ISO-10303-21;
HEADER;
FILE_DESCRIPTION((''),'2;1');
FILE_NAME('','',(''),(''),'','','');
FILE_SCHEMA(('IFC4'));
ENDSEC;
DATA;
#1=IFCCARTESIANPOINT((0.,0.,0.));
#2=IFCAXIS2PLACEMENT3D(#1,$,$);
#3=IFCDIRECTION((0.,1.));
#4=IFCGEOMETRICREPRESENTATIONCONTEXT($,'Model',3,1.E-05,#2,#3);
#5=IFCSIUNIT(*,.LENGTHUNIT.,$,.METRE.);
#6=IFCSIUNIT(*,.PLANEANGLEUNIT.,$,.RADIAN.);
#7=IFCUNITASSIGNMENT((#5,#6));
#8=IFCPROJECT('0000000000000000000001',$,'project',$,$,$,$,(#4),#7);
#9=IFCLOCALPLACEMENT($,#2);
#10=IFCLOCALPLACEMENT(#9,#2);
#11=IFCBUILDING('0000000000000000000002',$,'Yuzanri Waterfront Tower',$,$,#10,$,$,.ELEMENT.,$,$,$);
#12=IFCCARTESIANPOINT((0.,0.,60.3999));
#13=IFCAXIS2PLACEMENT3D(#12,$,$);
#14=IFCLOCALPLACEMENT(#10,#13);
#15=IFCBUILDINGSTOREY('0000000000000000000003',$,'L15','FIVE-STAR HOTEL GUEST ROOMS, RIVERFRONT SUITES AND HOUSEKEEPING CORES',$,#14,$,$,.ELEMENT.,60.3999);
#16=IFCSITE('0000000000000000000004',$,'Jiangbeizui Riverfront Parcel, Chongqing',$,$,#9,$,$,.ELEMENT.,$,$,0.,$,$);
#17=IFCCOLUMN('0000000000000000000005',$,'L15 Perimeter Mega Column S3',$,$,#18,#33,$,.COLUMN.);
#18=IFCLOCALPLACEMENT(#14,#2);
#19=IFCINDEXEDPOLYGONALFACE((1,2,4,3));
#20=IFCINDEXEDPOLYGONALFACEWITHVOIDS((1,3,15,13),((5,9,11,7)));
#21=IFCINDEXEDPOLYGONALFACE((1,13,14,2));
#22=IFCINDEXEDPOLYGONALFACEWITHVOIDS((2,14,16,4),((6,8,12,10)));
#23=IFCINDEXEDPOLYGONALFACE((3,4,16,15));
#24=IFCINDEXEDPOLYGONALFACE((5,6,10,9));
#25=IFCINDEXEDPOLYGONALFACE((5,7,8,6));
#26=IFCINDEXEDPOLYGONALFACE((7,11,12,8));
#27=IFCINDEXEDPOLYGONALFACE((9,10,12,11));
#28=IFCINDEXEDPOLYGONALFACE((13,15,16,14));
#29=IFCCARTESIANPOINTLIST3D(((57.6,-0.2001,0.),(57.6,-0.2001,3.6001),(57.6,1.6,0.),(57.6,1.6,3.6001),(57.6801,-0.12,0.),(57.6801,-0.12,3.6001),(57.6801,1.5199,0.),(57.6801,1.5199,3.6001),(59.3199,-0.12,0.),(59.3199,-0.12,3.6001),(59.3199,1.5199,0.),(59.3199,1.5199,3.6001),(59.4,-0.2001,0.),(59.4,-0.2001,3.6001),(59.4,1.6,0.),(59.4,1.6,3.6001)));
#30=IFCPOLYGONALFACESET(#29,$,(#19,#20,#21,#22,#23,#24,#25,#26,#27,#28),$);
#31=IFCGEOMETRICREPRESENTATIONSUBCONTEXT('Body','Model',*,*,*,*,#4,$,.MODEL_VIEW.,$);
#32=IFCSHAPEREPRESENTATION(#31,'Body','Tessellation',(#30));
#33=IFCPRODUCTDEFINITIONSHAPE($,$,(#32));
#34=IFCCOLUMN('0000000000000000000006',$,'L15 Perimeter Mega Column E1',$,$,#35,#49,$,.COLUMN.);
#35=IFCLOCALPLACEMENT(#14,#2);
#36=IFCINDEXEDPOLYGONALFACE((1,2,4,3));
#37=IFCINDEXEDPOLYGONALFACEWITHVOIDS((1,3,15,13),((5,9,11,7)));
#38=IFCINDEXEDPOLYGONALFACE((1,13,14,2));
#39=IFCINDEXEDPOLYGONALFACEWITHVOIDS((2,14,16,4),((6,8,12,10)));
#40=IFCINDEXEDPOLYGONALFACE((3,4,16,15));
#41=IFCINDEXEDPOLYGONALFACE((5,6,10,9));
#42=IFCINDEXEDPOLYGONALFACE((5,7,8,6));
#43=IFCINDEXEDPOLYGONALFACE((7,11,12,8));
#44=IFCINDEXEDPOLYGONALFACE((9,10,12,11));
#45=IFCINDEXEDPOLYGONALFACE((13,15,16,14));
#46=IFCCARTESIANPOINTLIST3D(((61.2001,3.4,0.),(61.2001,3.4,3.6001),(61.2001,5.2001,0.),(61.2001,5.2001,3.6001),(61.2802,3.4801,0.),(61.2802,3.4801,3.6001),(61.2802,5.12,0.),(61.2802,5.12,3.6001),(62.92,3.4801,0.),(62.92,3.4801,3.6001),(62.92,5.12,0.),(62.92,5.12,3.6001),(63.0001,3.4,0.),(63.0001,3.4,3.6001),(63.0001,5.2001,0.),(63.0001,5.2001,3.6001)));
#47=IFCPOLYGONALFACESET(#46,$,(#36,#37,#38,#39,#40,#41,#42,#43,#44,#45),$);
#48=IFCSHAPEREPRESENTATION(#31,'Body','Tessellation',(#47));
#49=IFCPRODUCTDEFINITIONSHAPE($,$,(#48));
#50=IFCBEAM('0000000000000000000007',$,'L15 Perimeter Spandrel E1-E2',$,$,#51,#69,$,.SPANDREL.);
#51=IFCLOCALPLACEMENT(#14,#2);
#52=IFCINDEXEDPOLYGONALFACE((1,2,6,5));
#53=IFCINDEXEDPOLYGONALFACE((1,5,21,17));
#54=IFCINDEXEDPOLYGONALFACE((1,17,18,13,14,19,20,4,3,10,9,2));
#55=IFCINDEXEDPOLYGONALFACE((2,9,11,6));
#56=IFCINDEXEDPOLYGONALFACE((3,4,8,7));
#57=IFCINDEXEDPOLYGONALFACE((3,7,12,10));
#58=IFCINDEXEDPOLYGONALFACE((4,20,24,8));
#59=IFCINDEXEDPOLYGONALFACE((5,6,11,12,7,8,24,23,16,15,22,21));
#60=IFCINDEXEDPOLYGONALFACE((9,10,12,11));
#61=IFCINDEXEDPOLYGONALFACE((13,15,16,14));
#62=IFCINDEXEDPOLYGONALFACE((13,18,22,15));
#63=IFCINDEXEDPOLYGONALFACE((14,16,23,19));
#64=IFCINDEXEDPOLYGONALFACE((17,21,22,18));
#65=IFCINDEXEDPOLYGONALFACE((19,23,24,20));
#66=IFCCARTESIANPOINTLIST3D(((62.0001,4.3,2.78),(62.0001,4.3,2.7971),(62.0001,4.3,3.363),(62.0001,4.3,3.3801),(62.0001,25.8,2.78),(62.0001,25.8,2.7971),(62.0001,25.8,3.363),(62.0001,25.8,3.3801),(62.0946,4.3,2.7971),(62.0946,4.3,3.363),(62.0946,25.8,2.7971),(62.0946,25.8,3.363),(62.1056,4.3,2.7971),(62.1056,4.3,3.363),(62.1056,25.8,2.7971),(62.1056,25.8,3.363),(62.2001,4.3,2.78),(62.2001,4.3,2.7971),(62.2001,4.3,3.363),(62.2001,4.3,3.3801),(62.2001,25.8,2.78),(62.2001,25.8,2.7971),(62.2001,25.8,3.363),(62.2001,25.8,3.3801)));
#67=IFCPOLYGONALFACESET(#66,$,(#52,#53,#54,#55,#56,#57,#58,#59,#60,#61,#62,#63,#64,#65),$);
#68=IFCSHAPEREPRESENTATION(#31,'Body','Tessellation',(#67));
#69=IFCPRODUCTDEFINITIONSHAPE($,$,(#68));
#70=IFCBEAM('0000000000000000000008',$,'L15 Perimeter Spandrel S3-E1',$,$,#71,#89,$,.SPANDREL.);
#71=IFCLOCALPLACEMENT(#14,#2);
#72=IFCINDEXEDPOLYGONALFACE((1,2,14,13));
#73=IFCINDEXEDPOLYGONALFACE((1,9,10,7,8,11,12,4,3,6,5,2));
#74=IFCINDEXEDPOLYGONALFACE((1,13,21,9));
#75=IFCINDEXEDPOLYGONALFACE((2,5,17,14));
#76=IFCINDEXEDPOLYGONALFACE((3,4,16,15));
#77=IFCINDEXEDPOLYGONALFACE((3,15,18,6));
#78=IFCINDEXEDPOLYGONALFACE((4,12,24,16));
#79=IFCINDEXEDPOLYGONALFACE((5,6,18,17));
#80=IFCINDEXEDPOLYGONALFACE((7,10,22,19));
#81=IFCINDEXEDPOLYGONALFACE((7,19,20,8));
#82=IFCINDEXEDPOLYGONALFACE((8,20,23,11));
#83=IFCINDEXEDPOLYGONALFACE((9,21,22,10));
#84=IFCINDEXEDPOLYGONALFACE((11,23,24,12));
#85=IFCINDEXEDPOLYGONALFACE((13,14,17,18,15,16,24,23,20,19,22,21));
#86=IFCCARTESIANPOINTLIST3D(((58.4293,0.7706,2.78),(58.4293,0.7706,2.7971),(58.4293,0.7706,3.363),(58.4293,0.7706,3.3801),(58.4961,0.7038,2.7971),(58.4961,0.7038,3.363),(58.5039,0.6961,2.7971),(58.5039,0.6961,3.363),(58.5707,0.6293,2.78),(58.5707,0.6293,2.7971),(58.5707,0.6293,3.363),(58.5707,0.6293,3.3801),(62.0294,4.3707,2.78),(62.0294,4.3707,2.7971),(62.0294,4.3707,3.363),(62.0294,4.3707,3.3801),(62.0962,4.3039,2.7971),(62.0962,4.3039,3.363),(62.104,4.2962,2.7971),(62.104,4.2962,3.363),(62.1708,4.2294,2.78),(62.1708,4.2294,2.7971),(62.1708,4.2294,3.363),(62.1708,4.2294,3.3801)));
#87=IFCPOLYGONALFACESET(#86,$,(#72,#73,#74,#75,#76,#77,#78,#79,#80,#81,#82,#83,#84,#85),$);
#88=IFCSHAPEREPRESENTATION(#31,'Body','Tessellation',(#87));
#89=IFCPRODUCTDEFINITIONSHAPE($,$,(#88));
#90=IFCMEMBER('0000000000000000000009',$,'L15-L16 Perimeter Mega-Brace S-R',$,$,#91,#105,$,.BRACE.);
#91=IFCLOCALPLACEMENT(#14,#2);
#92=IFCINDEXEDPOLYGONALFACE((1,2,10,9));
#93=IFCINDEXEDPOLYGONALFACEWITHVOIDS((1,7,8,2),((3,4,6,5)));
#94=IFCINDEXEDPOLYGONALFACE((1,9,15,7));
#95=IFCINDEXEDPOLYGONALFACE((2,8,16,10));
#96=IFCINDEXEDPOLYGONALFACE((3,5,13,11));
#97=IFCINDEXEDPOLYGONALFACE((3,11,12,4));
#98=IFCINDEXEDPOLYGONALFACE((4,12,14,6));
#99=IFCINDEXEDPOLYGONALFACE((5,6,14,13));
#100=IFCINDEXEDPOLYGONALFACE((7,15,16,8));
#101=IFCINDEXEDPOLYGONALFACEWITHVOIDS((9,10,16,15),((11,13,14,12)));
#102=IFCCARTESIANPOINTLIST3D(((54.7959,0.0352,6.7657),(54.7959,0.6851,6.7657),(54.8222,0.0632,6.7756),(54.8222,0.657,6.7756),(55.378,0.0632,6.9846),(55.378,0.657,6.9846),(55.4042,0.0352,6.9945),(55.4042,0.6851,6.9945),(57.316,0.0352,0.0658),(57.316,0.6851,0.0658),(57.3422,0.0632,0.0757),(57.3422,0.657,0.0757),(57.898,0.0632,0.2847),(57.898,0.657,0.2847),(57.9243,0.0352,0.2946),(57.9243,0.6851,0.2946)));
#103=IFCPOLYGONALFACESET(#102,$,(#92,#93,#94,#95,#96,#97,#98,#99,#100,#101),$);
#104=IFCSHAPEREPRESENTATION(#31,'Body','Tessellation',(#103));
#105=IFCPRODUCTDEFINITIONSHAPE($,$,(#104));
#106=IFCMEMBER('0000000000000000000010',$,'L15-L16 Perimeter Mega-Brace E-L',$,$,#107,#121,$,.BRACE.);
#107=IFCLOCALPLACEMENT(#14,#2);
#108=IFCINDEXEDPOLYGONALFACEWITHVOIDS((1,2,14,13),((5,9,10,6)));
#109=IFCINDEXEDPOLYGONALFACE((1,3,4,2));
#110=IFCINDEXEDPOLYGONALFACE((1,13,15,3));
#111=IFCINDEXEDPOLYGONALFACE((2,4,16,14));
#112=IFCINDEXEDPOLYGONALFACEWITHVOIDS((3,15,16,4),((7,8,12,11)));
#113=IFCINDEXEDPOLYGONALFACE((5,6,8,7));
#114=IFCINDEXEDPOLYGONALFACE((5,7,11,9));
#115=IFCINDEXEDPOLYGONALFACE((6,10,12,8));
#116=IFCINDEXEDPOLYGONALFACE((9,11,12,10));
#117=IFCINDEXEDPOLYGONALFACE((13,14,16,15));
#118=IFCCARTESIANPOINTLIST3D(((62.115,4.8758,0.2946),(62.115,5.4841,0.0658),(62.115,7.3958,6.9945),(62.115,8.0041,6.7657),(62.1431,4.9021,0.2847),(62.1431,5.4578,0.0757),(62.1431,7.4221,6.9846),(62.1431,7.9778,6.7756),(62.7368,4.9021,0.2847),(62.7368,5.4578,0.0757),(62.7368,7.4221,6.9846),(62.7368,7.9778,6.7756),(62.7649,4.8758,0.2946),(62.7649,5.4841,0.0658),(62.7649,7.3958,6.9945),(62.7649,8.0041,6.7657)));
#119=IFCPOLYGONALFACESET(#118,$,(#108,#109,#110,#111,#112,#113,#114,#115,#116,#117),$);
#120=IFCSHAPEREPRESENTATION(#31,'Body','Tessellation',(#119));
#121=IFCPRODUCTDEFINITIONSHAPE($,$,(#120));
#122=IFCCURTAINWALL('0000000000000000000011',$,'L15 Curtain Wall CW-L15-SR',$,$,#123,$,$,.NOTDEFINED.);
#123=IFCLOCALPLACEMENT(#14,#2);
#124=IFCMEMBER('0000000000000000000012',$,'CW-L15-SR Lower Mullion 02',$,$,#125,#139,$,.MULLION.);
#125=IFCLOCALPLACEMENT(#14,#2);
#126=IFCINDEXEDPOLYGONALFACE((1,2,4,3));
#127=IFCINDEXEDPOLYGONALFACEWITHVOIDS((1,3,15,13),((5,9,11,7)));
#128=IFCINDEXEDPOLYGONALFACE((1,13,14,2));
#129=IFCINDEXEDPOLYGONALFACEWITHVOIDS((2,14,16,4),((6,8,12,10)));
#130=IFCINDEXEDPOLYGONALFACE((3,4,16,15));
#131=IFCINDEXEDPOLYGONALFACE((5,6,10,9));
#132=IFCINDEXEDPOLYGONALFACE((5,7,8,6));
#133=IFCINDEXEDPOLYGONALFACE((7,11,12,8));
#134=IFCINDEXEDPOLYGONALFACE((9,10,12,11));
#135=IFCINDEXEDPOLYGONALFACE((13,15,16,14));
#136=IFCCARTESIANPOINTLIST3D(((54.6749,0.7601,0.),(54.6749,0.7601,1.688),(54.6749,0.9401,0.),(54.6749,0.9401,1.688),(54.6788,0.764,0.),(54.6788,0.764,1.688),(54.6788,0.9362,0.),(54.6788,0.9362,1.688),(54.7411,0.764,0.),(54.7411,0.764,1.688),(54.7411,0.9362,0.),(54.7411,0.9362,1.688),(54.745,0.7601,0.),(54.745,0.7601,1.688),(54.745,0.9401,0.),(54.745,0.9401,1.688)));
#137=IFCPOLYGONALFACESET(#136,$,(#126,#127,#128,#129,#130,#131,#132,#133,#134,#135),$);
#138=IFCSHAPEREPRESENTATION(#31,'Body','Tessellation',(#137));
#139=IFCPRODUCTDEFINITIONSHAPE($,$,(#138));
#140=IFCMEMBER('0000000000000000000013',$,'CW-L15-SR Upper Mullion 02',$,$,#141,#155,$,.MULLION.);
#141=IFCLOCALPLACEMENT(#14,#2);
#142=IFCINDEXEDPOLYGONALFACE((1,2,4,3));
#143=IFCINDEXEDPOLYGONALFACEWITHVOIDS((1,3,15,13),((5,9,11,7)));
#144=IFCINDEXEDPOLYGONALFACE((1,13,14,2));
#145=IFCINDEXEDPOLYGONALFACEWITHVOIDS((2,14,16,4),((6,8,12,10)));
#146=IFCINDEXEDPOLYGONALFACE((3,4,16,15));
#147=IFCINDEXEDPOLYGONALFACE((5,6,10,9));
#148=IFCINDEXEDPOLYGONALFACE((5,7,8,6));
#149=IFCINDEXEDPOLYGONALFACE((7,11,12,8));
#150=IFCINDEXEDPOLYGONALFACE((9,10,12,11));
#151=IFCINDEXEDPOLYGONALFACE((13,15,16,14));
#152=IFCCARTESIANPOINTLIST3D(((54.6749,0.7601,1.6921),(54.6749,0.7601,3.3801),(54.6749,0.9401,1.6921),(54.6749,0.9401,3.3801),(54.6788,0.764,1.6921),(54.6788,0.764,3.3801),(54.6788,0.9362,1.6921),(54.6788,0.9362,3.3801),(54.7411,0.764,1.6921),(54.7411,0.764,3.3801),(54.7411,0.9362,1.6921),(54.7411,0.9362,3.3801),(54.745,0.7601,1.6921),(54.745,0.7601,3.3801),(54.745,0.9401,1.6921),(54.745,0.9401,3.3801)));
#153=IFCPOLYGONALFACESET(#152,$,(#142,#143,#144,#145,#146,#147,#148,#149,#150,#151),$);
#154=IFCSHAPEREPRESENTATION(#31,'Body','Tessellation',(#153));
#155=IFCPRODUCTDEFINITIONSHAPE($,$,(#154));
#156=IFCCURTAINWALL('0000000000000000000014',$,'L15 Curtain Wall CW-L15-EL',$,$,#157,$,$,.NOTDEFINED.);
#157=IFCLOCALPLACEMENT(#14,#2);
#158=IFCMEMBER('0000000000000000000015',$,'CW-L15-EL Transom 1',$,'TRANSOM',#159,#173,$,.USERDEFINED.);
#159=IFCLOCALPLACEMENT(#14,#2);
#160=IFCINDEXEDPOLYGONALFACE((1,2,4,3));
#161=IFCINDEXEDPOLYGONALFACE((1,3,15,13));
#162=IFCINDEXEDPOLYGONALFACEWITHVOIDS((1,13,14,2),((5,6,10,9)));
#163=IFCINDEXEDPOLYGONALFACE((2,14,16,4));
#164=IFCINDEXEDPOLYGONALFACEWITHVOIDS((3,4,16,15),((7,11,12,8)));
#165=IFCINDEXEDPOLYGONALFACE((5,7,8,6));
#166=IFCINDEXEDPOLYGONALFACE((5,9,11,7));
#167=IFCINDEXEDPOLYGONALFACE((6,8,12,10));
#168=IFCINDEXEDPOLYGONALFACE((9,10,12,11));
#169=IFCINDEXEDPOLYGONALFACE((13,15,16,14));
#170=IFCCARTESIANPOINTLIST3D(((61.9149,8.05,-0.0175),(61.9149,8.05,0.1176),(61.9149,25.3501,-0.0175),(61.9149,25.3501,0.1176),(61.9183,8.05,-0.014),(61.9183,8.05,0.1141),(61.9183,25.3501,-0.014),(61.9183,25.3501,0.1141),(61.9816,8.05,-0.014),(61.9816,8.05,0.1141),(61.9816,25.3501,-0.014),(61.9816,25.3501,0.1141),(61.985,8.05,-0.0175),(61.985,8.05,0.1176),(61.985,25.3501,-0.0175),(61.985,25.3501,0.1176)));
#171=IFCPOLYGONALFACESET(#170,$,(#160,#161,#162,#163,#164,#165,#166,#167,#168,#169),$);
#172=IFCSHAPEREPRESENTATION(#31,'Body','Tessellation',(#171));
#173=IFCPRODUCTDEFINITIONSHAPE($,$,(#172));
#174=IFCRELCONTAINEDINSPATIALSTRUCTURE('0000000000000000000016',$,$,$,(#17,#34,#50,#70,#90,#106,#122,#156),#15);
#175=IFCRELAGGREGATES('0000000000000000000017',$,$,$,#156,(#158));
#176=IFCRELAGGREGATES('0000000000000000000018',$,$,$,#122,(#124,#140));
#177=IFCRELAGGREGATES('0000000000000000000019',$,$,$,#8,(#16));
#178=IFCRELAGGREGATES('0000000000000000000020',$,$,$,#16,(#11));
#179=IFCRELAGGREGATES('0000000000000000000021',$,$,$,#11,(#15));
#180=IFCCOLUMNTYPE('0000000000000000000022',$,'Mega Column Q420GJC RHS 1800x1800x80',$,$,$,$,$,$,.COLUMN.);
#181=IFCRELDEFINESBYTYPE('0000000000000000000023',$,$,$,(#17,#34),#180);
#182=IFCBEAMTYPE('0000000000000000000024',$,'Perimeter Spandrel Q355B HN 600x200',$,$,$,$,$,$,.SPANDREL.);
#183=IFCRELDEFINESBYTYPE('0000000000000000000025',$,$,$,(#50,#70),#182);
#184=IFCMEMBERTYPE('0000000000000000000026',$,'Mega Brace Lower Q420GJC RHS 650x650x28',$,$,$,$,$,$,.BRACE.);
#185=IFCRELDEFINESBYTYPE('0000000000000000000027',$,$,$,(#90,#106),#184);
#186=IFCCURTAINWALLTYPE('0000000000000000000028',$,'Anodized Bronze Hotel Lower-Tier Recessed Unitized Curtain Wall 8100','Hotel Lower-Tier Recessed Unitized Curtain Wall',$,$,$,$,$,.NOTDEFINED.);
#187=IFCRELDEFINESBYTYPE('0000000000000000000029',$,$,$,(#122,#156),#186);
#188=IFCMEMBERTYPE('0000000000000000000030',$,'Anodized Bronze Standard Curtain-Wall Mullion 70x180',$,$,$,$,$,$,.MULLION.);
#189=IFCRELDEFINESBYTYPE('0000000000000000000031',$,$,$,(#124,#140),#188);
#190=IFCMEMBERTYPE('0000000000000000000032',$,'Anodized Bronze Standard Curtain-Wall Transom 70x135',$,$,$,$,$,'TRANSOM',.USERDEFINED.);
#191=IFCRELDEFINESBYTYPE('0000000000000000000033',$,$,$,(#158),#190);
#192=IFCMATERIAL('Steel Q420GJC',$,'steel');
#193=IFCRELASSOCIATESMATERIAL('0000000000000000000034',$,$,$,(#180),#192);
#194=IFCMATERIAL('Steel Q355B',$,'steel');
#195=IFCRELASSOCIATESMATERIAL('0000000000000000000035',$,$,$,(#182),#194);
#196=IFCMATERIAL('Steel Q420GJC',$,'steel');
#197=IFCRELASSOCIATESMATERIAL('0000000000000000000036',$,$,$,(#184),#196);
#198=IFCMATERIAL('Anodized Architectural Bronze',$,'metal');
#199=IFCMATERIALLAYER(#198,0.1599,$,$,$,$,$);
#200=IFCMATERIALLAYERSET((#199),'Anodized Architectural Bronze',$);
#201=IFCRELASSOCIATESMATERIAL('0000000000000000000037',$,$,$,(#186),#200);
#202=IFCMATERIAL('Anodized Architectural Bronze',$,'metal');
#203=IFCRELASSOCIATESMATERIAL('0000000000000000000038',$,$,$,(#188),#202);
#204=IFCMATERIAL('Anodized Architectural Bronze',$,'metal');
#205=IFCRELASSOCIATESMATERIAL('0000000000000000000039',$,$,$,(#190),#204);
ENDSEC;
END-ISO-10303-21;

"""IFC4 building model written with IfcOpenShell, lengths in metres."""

from ifc_helpers import new_model, si_unit, direction, frame, origin, origin_2d, place, context, subcontext, project, spatial, hollow_rectangle, i_section, extrude, source, transform, mapped, material, layer, layer_set, material_profile, profile_set, type_object, element, aggregate, save


model = new_model("IFC4")

# Units and contexts
model_context = context("Model", 3, precision=1e-05, world=origin(), true_north=direction((0.0, 1.0)))
body_context = subcontext(model_context, "Body", "Model", "MODEL_VIEW")
ifc_project = project(units=[si_unit("LENGTHUNIT", "METRE"), si_unit("PLANEANGLEUNIT", "RADIAN")], contexts=[model_context])

# Site, building, storey
site_placement = place(None, origin())
site = spatial("IfcSite", under=ifc_project, at=site_placement, Name="Jiangbeizui Riverfront Parcel, Chongqing", CompositionType="ELEMENT", RefElevation=0.0)
building_placement = place(site_placement, origin())
building = spatial("IfcBuilding", under=site, at=building_placement, Name="Yuzanri Waterfront Tower", CompositionType="ELEMENT")
storey_placement = place(building_placement, frame((0.0, 0.0, 60.3999)))
storey = spatial("IfcBuildingStorey", under=building, at=storey_placement, Name="L15", Description="FIVE-STAR HOTEL GUEST ROOMS, RIVERFRONT SUITES AND HOUSEKEEPING CORES", CompositionType="ELEMENT", Elevation=60.3999)

# Columns
ifc_material_1 = material(Name="Steel Q420GJC", Category="steel")
ifc_material_profile_1 = material_profile(ifc_material_1, hollow_rectangle(XDim=1.8, YDim=1.8, WallThickness=0.0801, at=origin_2d()), Name="RHS 1800x1800x80")
ifc_profile_set_1 = profile_set([ifc_material_profile_1], Name="Steel Q420GJC")
column_type = type_object("IfcColumnType", Name="Mega Column Q420GJC RHS 1800x1800x80", PredefinedType="COLUMN", material=ifc_profile_set_1)
shared_shape_1 = source(origin(), body_context, "Body", "SweptSolid", [
    extrude(hollow_rectangle(XDim=1.8, YDim=1.8, WallThickness=0.0801, at=origin_2d()), origin(), (0.0, 0.0, 1.0), 3.6001),
])
for number, where, z_axis, x_axis, name in (
    (1, (58.5, 0.7, 0.0), (0.0, 0.0, 1.0), (1.0, 0.0, 0.0), "L15 Perimeter Mega Column S3"),
    (2, (62.1001, 4.3, 0.0), (0.0, 0.0, 1.0), (1.0, 0.0, 0.0), "L15 Perimeter Mega Column E1"),
):
    element("IfcColumn", number, at=place(storey_placement, frame(where, z_axis=z_axis, x_axis=x_axis)), inside=storey, type_object=column_type, Name=name, PredefinedType="COLUMN", context=body_context, shape_type="MappedRepresentation", body=[
        mapped(shared_shape_1, transform((0.0, 0.0, 0.0), scale=1.0)),
    ])

# Beams
ifc_material_2 = material(Name="Steel Q355B", Category="steel")
ifc_material_profile_2 = material_profile(ifc_material_2, i_section(OverallWidth=0.2, OverallDepth=0.6001, WebThickness=0.011, FlangeThickness=0.0171, at=origin_2d()), Name="HN 600x200x11x17")
ifc_profile_set_2 = profile_set([ifc_material_profile_2], Name="Steel Q355B")
beam_type = type_object("IfcBeamType", Name="Perimeter Spandrel Q355B HN 600x200", PredefinedType="SPANDREL", material=ifc_profile_set_2)
shared_shape_2 = source(origin(), body_context, "Body", "SweptSolid", [
    extrude(i_section(OverallWidth=0.2, OverallDepth=0.6001, WebThickness=0.011, FlangeThickness=0.0171, at=origin_2d()), origin(), (0.0, 0.0, 1.0), 21.5),
])
beam_1_placement = place(storey_placement, frame((62.1001, 4.3, 3.0801), z_axis=(0.0, 1.0, 0.0), x_axis=(-1.0, 0.0, 0.0)))
element("IfcBeam", 3, at=beam_1_placement, inside=storey, type_object=beam_type, Name="L15 Perimeter Spandrel E1-E2", PredefinedType="SPANDREL", context=body_context, shape_type="MappedRepresentation", body=[
    mapped(shared_shape_2, transform((0.0, 0.0, 0.0), scale=1.0)),
])
shared_shape_3 = source(origin(), body_context, "Body", "SweptSolid", [
    extrude(i_section(OverallWidth=0.2, OverallDepth=0.6001, WebThickness=0.011, FlangeThickness=0.0171, at=origin_2d()), origin(), (0.0, 0.0, 1.0), 5.0913),
])
beam_2_placement = place(storey_placement, frame((58.5, 0.7, 3.0801), z_axis=(0.707107, 0.707107, 0.0), x_axis=(-0.707107, 0.707107, 0.0)))
element("IfcBeam", 4, at=beam_2_placement, inside=storey, type_object=beam_type, Name="L15 Perimeter Spandrel S3-E1", PredefinedType="SPANDREL", context=body_context, shape_type="MappedRepresentation", body=[
    mapped(shared_shape_3, transform((0.0, 0.0, 0.0), scale=1.0)),
])

# Members
ifc_material_3 = material(Name="Steel Q420GJC", Category="steel")
ifc_material_profile_3 = material_profile(ifc_material_3, hollow_rectangle(XDim=0.6499, YDim=0.6499, WallThickness=0.0281, at=origin_2d()), Name="RHS 650x650x28")
ifc_profile_set_3 = profile_set([ifc_material_profile_3], Name="Steel Q420GJC")
member_type_1 = type_object("IfcMemberType", Name="Mega Brace Lower Q420GJC RHS 650x650x28", PredefinedType="BRACE", material=ifc_profile_set_3)
shared_shape_4 = source(origin(), body_context, "Body", "SweptSolid", [
    extrude(hollow_rectangle(XDim=0.6499, YDim=0.6499, WallThickness=0.0281, at=origin_2d()), origin(), (0.0, 0.0, 1.0), 7.1582),
])
for number, where, z_axis, x_axis, name in (
    (5, (57.6201, 0.3601, 0.1802), (-0.352046, 0.0, 0.935983), (0.0, -1.0, 0.0), "L15-L16 Perimeter Mega-Brace S-R"),
    (6, (62.4399, 5.1799, 0.1802), (0.0, 0.352046, 0.935983), (-1.0, 0.0, 0.0), "L15-L16 Perimeter Mega-Brace E-L"),
):
    element("IfcMember", number, at=place(storey_placement, frame(where, z_axis=z_axis, x_axis=x_axis)), inside=storey, type_object=member_type_1, Name=name, PredefinedType="BRACE", context=body_context, shape_type="MappedRepresentation", body=[
        mapped(shared_shape_4, transform((0.0, 0.0, 0.0), scale=1.0)),
    ])

# Curtain walls, members
ifc_material_4 = material(Name="Anodized Architectural Bronze", Category="metal")
ifc_layer_1 = layer(ifc_material_4, 0.1599)
ifc_layer_set_1 = layer_set([ifc_layer_1], Name="Anodized Architectural Bronze")
curtain_wall_type = type_object("IfcCurtainWallType", Name="Anodized Bronze Hotel Lower-Tier Recessed Unitized Curtain Wall 8100", Description="Hotel Lower-Tier Recessed Unitized Curtain Wall", PredefinedType="NOTDEFINED", material=ifc_layer_set_1)
curtain_wall_1_placement = place(storey_placement, origin())
curtain_wall_1 = element("IfcCurtainWall", 7, at=curtain_wall_1_placement, inside=storey, type_object=curtain_wall_type, Name="L15 Curtain Wall CW-L15-SR", PredefinedType="NOTDEFINED")
ifc_material_5 = material(Name="Anodized Architectural Bronze", Category="metal")
ifc_material_profile_4 = material_profile(ifc_material_5, hollow_rectangle(XDim=0.0701, YDim=0.1799, WallThickness=0.0039, at=origin_2d()), Name="CWM 70x180")
ifc_profile_set_4 = profile_set([ifc_material_profile_4], Name="Anodized Architectural Bronze")
member_type_2 = type_object("IfcMemberType", Name="Anodized Bronze Standard Curtain-Wall Mullion 70x180", PredefinedType="MULLION", material=ifc_profile_set_4)
shared_shape_5 = source(origin(), body_context, "Body", "SweptSolid", [
    extrude(hollow_rectangle(XDim=0.0701, YDim=0.1799, WallThickness=0.0039, at=origin_2d()), origin(), (0.0, 0.0, 1.0), 1.688),
])
member_1_placement = place(storey_placement, frame((54.71, 0.8501, 0.0), z_axis=(0.0, 0.0, 1.0), x_axis=(1.0, 0.0, 0.0)))
member_1 = element("IfcMember", 8, at=member_1_placement, type_object=member_type_2, Name="CW-L15-SR Lower Mullion 02", PredefinedType="MULLION", context=body_context, shape_type="MappedRepresentation", body=[
    mapped(shared_shape_5, transform((0.0, 0.0, 0.0), scale=1.0)),
])
member_2_placement = place(storey_placement, frame((54.71, 0.8501, 1.6921), z_axis=(0.0, 0.0, 1.0), x_axis=(1.0, 0.0, 0.0)))
member_2 = element("IfcMember", 9, at=member_2_placement, type_object=member_type_2, Name="CW-L15-SR Upper Mullion 02", PredefinedType="MULLION", context=body_context, shape_type="MappedRepresentation", body=[
    mapped(shared_shape_5, transform((0.0, 0.0, 0.0), scale=1.0)),
])
curtain_wall_2_placement = place(storey_placement, origin())
curtain_wall_2 = element("IfcCurtainWall", 10, at=curtain_wall_2_placement, inside=storey, type_object=curtain_wall_type, Name="L15 Curtain Wall CW-L15-EL", PredefinedType="NOTDEFINED")
ifc_material_6 = material(Name="Anodized Architectural Bronze", Category="metal")
ifc_material_profile_5 = material_profile(ifc_material_6, hollow_rectangle(XDim=0.0701, YDim=0.135, WallThickness=0.0034, at=origin_2d()), Name="CWT 70x135")
ifc_profile_set_5 = profile_set([ifc_material_profile_5], Name="Anodized Architectural Bronze")
member_type_3 = type_object("IfcMemberType", Name="Anodized Bronze Standard Curtain-Wall Transom 70x135", ElementType="TRANSOM", PredefinedType="USERDEFINED", material=ifc_profile_set_5)
shared_shape_6 = source(origin(), body_context, "Body", "SweptSolid", [
    extrude(hollow_rectangle(XDim=0.0701, YDim=0.135, WallThickness=0.0034, at=origin_2d()), origin(), (0.0, 0.0, 1.0), 17.3),
])
member_3_placement = place(storey_placement, frame((61.95, 8.05, 0.05), z_axis=(0.0, 1.0, 0.0), x_axis=(-1.0, 0.0, 0.0)))
member_3 = element("IfcMember", 11, at=member_3_placement, type_object=member_type_3, Name="CW-L15-EL Transom 1", ObjectType="TRANSOM", PredefinedType="USERDEFINED", context=body_context, shape_type="MappedRepresentation", body=[
    mapped(shared_shape_6, transform((0.0, 0.0, 0.0), scale=1.0)),
])
aggregate(curtain_wall_2, [member_3])

aggregate(curtain_wall_1, [member_1, member_2])

save(model, "model.ifc")
